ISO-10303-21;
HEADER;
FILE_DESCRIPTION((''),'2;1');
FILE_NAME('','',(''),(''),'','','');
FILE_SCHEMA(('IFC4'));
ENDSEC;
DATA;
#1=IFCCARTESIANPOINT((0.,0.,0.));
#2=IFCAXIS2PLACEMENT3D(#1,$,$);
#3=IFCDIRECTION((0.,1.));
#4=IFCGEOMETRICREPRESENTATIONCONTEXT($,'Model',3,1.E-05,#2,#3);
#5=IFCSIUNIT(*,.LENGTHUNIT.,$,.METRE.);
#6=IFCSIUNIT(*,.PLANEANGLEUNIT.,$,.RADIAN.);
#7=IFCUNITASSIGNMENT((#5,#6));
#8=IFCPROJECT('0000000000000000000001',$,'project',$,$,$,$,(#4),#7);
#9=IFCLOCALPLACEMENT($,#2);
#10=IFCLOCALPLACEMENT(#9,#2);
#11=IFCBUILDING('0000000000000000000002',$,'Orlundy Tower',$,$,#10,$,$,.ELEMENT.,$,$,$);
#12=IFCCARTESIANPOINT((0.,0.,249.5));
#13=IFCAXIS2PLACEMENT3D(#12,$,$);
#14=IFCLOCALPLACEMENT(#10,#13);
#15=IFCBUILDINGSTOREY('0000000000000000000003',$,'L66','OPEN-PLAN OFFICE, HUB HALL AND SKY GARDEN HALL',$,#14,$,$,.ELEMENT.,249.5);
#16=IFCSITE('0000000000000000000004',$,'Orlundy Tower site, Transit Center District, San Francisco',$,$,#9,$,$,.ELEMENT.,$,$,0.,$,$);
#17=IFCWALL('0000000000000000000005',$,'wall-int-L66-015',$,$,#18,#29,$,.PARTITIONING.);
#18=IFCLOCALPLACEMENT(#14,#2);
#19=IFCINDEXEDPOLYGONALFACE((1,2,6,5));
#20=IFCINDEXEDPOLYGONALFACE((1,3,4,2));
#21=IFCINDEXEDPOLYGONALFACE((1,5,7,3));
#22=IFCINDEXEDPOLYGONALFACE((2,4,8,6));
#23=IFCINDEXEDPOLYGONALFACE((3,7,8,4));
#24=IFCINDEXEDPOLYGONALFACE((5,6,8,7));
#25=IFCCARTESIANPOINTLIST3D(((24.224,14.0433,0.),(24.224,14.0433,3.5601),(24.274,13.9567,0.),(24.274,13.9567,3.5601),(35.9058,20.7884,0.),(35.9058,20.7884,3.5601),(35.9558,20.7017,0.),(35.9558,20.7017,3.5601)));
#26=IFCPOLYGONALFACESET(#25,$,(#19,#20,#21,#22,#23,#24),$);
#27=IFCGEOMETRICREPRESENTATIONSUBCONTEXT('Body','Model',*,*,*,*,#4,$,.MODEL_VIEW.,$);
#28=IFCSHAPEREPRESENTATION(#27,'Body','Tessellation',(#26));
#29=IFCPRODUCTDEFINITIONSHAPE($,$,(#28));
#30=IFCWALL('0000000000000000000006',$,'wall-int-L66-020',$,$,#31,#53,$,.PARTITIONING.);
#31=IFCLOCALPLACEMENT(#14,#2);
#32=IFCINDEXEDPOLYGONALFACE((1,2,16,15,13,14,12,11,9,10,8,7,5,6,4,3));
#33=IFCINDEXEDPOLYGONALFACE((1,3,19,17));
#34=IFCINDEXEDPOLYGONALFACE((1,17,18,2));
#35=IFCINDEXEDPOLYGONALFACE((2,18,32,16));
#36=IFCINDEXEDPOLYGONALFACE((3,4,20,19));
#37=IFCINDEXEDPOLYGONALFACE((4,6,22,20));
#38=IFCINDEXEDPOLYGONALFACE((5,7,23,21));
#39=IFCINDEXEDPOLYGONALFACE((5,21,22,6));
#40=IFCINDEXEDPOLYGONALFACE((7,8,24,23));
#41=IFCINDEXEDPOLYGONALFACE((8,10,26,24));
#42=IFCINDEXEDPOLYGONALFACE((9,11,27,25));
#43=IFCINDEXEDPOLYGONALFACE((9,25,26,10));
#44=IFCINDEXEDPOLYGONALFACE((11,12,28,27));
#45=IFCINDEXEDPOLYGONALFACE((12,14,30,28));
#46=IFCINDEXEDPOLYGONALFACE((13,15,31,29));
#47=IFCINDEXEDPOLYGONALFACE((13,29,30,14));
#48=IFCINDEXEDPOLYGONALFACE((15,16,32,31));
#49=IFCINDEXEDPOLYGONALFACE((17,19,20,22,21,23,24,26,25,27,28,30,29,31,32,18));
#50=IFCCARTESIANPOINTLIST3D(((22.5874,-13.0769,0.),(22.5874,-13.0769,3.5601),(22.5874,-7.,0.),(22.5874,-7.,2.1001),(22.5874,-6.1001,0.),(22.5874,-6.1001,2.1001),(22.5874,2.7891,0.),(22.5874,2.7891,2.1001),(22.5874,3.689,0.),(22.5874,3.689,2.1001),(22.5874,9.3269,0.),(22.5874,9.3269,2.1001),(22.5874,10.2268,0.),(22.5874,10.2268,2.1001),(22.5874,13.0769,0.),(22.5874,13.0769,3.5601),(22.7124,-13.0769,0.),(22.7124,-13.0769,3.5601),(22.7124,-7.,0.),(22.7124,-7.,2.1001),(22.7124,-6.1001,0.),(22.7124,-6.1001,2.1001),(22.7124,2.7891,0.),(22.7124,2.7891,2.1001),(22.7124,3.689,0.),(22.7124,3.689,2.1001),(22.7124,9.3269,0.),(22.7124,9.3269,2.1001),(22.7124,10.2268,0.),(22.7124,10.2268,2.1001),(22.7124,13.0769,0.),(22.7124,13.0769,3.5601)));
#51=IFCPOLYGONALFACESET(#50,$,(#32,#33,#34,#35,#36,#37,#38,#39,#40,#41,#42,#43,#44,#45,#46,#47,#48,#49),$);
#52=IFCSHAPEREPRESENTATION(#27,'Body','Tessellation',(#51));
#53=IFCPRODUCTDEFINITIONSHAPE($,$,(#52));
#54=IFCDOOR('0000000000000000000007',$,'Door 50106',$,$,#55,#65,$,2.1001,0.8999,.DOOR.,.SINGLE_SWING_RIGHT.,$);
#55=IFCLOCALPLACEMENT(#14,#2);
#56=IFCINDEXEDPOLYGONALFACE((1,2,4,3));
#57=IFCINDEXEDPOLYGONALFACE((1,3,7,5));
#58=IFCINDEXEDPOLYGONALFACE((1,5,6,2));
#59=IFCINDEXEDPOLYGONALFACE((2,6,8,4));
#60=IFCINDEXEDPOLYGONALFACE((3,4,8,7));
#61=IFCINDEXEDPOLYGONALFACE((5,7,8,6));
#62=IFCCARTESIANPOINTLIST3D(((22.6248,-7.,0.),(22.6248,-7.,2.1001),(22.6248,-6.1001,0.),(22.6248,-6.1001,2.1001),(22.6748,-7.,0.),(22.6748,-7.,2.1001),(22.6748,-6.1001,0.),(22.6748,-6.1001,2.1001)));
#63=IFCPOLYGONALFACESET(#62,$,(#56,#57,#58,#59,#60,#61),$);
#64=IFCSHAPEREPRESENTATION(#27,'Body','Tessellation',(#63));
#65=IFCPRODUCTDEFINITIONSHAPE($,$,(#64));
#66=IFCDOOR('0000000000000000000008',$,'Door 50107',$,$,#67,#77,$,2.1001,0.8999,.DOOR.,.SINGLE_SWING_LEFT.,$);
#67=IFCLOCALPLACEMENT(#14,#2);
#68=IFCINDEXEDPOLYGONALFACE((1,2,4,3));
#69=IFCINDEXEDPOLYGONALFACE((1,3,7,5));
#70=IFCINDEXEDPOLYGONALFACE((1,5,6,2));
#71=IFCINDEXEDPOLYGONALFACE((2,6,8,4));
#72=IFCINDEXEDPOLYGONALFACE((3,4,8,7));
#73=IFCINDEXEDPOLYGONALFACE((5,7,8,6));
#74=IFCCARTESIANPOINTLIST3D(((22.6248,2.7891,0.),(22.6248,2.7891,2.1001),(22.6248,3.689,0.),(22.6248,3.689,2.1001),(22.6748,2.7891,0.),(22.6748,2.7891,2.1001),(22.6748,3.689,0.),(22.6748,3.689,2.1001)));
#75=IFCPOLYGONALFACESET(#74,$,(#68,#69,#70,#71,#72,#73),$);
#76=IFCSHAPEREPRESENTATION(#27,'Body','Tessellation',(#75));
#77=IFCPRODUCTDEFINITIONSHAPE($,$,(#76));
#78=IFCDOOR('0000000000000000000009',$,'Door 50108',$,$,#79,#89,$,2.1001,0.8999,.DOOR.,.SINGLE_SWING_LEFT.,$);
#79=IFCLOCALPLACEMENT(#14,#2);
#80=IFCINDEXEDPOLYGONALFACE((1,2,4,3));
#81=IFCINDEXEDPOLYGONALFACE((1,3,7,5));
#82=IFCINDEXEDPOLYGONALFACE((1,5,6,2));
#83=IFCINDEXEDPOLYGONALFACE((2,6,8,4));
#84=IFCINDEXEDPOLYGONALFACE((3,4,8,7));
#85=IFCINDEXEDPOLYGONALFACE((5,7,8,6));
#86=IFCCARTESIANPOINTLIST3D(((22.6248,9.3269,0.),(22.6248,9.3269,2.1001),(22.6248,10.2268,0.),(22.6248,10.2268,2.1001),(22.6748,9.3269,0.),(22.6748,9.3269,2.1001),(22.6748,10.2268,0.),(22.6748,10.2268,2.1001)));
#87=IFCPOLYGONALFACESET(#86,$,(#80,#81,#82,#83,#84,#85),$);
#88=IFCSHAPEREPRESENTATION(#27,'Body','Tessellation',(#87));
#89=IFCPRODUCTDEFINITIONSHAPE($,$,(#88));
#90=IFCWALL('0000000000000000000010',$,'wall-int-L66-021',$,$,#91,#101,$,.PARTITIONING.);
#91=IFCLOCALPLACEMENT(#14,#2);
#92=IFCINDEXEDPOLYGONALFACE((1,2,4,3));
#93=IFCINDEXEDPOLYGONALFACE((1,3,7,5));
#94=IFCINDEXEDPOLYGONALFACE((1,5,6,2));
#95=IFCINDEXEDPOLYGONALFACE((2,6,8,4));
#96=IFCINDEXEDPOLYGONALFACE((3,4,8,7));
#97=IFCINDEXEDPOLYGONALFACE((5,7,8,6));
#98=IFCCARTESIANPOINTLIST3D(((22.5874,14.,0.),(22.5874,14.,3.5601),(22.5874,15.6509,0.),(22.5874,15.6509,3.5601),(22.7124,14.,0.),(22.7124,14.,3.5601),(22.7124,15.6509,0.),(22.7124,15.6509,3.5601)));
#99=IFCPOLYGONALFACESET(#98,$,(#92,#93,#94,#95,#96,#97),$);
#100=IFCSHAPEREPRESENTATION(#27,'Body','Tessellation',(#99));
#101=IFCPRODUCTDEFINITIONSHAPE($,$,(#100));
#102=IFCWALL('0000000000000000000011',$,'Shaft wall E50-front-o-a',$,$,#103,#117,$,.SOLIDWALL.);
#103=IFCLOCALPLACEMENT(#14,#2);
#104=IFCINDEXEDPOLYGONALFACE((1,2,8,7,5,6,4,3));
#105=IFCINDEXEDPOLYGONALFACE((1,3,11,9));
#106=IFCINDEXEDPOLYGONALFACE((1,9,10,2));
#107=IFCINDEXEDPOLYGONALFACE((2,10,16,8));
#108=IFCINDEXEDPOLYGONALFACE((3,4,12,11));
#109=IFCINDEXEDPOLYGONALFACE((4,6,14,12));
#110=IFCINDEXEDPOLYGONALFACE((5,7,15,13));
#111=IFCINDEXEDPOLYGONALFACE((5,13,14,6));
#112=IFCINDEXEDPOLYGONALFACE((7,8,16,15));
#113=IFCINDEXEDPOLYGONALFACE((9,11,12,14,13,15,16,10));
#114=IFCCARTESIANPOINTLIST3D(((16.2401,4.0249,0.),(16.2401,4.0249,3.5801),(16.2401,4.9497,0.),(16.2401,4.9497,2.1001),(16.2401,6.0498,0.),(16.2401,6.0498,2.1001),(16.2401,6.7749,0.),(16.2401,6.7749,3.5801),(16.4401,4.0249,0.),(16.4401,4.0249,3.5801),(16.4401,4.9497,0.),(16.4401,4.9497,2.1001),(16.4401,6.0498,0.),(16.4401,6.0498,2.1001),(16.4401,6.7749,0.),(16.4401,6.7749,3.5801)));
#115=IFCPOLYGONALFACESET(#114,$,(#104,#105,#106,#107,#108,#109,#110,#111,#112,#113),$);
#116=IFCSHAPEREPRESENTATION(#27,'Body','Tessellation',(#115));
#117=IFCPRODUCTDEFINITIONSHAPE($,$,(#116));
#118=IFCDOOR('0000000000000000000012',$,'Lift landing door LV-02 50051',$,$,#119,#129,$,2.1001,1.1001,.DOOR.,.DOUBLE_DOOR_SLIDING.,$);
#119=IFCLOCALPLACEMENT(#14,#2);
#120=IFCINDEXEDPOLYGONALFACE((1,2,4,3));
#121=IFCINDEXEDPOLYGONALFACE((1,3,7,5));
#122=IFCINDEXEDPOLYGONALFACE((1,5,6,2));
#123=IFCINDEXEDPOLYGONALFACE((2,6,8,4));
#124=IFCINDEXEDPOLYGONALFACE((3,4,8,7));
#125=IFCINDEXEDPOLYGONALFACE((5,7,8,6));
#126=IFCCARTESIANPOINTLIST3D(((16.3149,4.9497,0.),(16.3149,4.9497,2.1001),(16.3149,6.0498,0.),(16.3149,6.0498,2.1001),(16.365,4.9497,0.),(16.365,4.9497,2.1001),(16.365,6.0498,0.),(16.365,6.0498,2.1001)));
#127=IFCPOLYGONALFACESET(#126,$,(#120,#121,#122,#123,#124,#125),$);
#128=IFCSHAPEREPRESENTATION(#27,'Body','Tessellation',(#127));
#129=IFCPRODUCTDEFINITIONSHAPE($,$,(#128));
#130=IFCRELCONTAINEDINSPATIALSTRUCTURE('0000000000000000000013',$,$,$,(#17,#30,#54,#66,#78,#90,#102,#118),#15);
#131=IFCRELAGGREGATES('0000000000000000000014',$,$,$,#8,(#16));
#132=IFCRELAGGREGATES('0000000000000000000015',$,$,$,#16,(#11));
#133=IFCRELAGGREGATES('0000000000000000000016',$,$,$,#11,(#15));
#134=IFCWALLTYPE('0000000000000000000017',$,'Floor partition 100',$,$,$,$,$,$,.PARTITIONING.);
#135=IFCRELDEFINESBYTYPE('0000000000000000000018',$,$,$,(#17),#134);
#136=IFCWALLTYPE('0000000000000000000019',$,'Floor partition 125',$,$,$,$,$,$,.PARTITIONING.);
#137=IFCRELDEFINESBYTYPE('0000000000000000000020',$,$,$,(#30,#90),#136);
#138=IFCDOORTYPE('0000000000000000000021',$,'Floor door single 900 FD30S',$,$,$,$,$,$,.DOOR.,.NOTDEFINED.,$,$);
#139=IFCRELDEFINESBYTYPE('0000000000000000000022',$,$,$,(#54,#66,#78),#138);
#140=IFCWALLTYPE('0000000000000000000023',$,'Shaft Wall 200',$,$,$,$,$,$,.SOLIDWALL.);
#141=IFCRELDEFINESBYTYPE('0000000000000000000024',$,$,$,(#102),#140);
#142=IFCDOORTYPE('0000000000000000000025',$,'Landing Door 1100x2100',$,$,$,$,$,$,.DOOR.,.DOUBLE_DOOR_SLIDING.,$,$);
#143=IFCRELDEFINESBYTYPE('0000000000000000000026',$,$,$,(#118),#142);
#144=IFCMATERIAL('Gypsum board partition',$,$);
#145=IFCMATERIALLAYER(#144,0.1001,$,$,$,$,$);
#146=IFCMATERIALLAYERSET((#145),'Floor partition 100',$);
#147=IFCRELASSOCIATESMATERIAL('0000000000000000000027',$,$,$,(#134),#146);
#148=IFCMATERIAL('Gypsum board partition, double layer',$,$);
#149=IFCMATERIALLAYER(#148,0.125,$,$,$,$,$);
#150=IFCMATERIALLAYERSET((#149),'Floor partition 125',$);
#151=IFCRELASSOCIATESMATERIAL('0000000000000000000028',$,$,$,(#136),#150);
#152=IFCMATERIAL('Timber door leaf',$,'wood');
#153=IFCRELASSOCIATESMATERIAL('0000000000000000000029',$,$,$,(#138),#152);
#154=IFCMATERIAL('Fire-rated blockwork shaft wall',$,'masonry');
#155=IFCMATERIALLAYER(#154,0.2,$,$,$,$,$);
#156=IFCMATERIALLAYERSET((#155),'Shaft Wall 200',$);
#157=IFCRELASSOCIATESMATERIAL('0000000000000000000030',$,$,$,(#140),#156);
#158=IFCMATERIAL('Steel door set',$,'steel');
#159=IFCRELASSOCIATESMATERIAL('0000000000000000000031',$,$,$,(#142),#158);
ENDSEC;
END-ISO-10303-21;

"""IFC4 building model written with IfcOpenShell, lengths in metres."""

from ifc_helpers import new_model, si_unit, direction, frame, frame_2d, origin, place, context, subcontext, project, spatial, rectangle, extrude, material, layer, layer_set, type_object, element, fill, save


model = new_model("IFC4")

# Units and contexts
model_context = context("Model", 3, precision=1e-05, world=origin(), true_north=direction((0.0, 1.0)))
body_context = subcontext(model_context, "Body", "Model", "MODEL_VIEW")
ifc_project = project(units=[si_unit("LENGTHUNIT", "METRE"), si_unit("PLANEANGLEUNIT", "RADIAN")], contexts=[model_context])

# Site, building, storey
site_placement = place(None, origin())
site = spatial("IfcSite", under=ifc_project, at=site_placement, Name="Orlundy Tower site, Transit Center District, San Francisco", CompositionType="ELEMENT", RefElevation=0.0)
building_placement = place(site_placement, origin())
building = spatial("IfcBuilding", under=site, at=building_placement, Name="Orlundy Tower", CompositionType="ELEMENT")
storey_placement = place(building_placement, frame((0.0, 0.0, 249.5)))
storey = spatial("IfcBuildingStorey", under=building, at=storey_placement, Name="L66", Description="OPEN-PLAN OFFICE, HUB HALL AND SKY GARDEN HALL", CompositionType="ELEMENT", Elevation=249.5)

# Wall
ifc_material_1 = material(Name="Gypsum board partition")
ifc_layer_1 = layer(ifc_material_1, 0.1001)
ifc_layer_set_1 = layer_set([ifc_layer_1], Name="Floor partition 100")
wall_type_1 = type_object("IfcWallType", Name="Floor partition 100", PredefinedType="PARTITIONING", material=ifc_layer_set_1)
wall_1_placement = place(storey_placement, frame((24.249, 14.0, 0.0), z_axis=(0.0, 0.0, 1.0), x_axis=(0.866007, 0.500032, 0.0)))
element("IfcWall", 1, at=wall_1_placement, inside=storey, type_object=wall_type_1, Name="wall-int-L66-015", PredefinedType="PARTITIONING", context=body_context, shape_type="SweptSolid", body=[
    extrude(rectangle(XDim=13.4893, YDim=0.1001, at=frame_2d((6.7446, 0.0))), origin(), (0.0, 0.0, 1.0), 3.5601),
])

# Wall, openings, doors
ifc_material_2 = material(Name="Gypsum board partition, double layer")
ifc_layer_2 = layer(ifc_material_2, 0.125)
ifc_layer_set_2 = layer_set([ifc_layer_2], Name="Floor partition 125")
wall_type_2 = type_object("IfcWallType", Name="Floor partition 125", PredefinedType="PARTITIONING", material=ifc_layer_set_2)
wall_2_placement = place(storey_placement, frame((22.6499, 13.0769, 0.0), z_axis=(0.0, 0.0, 1.0), x_axis=(0.0, -1.0, 0.0)))
wall_2 = element("IfcWall", 2, at=wall_2_placement, inside=storey, type_object=wall_type_2, Name="wall-int-L66-020", PredefinedType="PARTITIONING", context=body_context, shape_type="SweptSolid", body=[
    extrude(rectangle(XDim=26.1538, YDim=0.125, at=frame_2d((13.0769, 0.0))), origin(), (0.0, 0.0, 1.0), 3.5601),
])
opening_1_placement = place(wall_2_placement, frame((19.177, 0.0, 0.0)))
opening_1 = element("IfcOpeningElement", 3, at=opening_1_placement, cuts=wall_2, PredefinedType="OPENING", context=body_context, shape_type="SweptSolid", body=[
    extrude(rectangle(XDim=0.8999, YDim=2.1001, at=frame_2d((0.45, 1.05))), frame((0.0, 0.0725, 0.0), z_axis=(0.0, -1.0, 0.0), x_axis=(1.0, 0.0, 0.0)), (0.0, 0.0, 1.0), 0.145),
])
opening_2_placement = place(wall_2_placement, frame((9.3879, 0.0, 0.0)))
opening_2 = element("IfcOpeningElement", 4, at=opening_2_placement, cuts=wall_2, PredefinedType="OPENING", context=body_context, shape_type="SweptSolid", body=[
    extrude(rectangle(XDim=0.8999, YDim=2.1001, at=frame_2d((0.45, 1.05))), frame((0.0, 0.0725, 0.0), z_axis=(0.0, -1.0, 0.0), x_axis=(1.0, 0.0, 0.0)), (0.0, 0.0, 1.0), 0.145),
])
opening_3_placement = place(wall_2_placement, frame((2.8501, 0.0, 0.0)))
opening_3 = element("IfcOpeningElement", 5, at=opening_3_placement, cuts=wall_2, PredefinedType="OPENING", context=body_context, shape_type="SweptSolid", body=[
    extrude(rectangle(XDim=0.8999, YDim=2.1001, at=frame_2d((0.45, 1.05))), frame((0.0, 0.0725, 0.0), z_axis=(0.0, -1.0, 0.0), x_axis=(1.0, 0.0, 0.0)), (0.0, 0.0, 1.0), 0.145),
])
ifc_material_3 = material(Name="Timber door leaf", Category="wood")
door_type_1 = type_object("IfcDoorType", Name="Floor door single 900 FD30S", OperationType="NOTDEFINED", PredefinedType="DOOR", material=ifc_material_3)
door_1_placement = place(opening_1_placement, origin())
door_1 = element("IfcDoor", 6, at=door_1_placement, inside=storey, type_object=door_type_1, Name="Door 50106", OperationType="SINGLE_SWING_RIGHT", OverallHeight=2.1001, OverallWidth=0.8999, PredefinedType="DOOR", context=body_context, shape_type="SweptSolid", body=[
    extrude(rectangle(XDim=0.8999, YDim=2.1001, at=frame_2d((0.45, 1.05))), frame((0.0, 0.0249, 0.0), z_axis=(0.0, -1.0, 0.0), x_axis=(1.0, 0.0, 0.0)), (0.0, 0.0, 1.0), 0.05),
])
fill(opening_1, door_1)
door_2_placement = place(opening_2_placement, origin())
door_2 = element("IfcDoor", 7, at=door_2_placement, inside=storey, type_object=door_type_1, Name="Door 50107", OperationType="SINGLE_SWING_LEFT", OverallHeight=2.1001, OverallWidth=0.8999, PredefinedType="DOOR", context=body_context, shape_type="SweptSolid", body=[
    extrude(rectangle(XDim=0.8999, YDim=2.1001, at=frame_2d((0.45, 1.05))), frame((0.0, 0.0249, 0.0), z_axis=(0.0, -1.0, 0.0), x_axis=(1.0, 0.0, 0.0)), (0.0, 0.0, 1.0), 0.05),
])
fill(opening_2, door_2)
door_3_placement = place(opening_3_placement, origin())
door_3 = element("IfcDoor", 8, at=door_3_placement, inside=storey, type_object=door_type_1, Name="Door 50108", OperationType="SINGLE_SWING_LEFT", OverallHeight=2.1001, OverallWidth=0.8999, PredefinedType="DOOR", context=body_context, shape_type="SweptSolid", body=[
    extrude(rectangle(XDim=0.8999, YDim=2.1001, at=frame_2d((0.45, 1.05))), frame((0.0, 0.0249, 0.0), z_axis=(0.0, -1.0, 0.0), x_axis=(1.0, 0.0, 0.0)), (0.0, 0.0, 1.0), 0.05),
])
fill(opening_3, door_3)

# Wall
wall_3_placement = place(storey_placement, frame((22.6499, 14.0, 0.0), z_axis=(0.0, 0.0, 1.0), x_axis=(0.0, 1.0, 0.0)))
element("IfcWall", 9, at=wall_3_placement, inside=storey, type_object=wall_type_2, Name="wall-int-L66-021", PredefinedType="PARTITIONING", context=body_context, shape_type="SweptSolid", body=[
    extrude(rectangle(XDim=1.6509, YDim=0.125, at=frame_2d((0.8254, 0.0))), origin(), (0.0, 0.0, 1.0), 3.5601),
])

# Wall, opening, door
ifc_material_4 = material(Name="Fire-rated blockwork shaft wall", Category="masonry")
ifc_layer_3 = layer(ifc_material_4, 0.2)
ifc_layer_set_3 = layer_set([ifc_layer_3], Name="Shaft Wall 200")
wall_type_3 = type_object("IfcWallType", Name="Shaft Wall 200", PredefinedType="SOLIDWALL", material=ifc_layer_set_3)
wall_4_placement = place(storey_placement, frame((16.3401, 6.7749, 0.0), z_axis=(0.0, 0.0, 1.0), x_axis=(0.0, -1.0, 0.0)))
wall_4 = element("IfcWall", 10, at=wall_4_placement, inside=storey, type_object=wall_type_3, Name="Shaft wall E50-front-o-a", PredefinedType="SOLIDWALL", context=body_context, shape_type="SweptSolid", body=[
    extrude(rectangle(XDim=2.75, YDim=0.2, at=frame_2d((1.375, 0.0))), origin(), (0.0, 0.0, 1.0), 3.5801),
])
opening_4_placement = place(wall_4_placement, frame((0.7251, 0.0, 0.0)))
opening_4 = element("IfcOpeningElement", 11, at=opening_4_placement, cuts=wall_4, PredefinedType="OPENING", context=body_context, shape_type="SweptSolid", body=[
    extrude(rectangle(XDim=1.1001, YDim=2.1001, at=frame_2d((0.55, 1.05))), frame((0.0, 0.1101, 0.0), z_axis=(0.0, -1.0, 0.0), x_axis=(1.0, 0.0, 0.0)), (0.0, 0.0, 1.0), 0.2202),
])
ifc_material_5 = material(Name="Steel door set", Category="steel")
door_type_2 = type_object("IfcDoorType", Name="Landing Door 1100x2100", OperationType="DOUBLE_DOOR_SLIDING", PredefinedType="DOOR", material=ifc_material_5)
door_4_placement = place(opening_4_placement, origin())
door_4 = element("IfcDoor", 12, at=door_4_placement, inside=storey, type_object=door_type_2, Name="Lift landing door LV-02 50051", OperationType="DOUBLE_DOOR_SLIDING", OverallHeight=2.1001, OverallWidth=1.1001, PredefinedType="DOOR", context=body_context, shape_type="SweptSolid", body=[
    extrude(rectangle(XDim=1.1001, YDim=2.1001, at=frame_2d((0.55, 1.05))), frame((0.0, 0.0249, 0.0), z_axis=(0.0, -1.0, 0.0), x_axis=(1.0, 0.0, 0.0)), (0.0, 0.0, 1.0), 0.05),
])
fill(opening_4, door_4)

save(model, "model.ifc")
